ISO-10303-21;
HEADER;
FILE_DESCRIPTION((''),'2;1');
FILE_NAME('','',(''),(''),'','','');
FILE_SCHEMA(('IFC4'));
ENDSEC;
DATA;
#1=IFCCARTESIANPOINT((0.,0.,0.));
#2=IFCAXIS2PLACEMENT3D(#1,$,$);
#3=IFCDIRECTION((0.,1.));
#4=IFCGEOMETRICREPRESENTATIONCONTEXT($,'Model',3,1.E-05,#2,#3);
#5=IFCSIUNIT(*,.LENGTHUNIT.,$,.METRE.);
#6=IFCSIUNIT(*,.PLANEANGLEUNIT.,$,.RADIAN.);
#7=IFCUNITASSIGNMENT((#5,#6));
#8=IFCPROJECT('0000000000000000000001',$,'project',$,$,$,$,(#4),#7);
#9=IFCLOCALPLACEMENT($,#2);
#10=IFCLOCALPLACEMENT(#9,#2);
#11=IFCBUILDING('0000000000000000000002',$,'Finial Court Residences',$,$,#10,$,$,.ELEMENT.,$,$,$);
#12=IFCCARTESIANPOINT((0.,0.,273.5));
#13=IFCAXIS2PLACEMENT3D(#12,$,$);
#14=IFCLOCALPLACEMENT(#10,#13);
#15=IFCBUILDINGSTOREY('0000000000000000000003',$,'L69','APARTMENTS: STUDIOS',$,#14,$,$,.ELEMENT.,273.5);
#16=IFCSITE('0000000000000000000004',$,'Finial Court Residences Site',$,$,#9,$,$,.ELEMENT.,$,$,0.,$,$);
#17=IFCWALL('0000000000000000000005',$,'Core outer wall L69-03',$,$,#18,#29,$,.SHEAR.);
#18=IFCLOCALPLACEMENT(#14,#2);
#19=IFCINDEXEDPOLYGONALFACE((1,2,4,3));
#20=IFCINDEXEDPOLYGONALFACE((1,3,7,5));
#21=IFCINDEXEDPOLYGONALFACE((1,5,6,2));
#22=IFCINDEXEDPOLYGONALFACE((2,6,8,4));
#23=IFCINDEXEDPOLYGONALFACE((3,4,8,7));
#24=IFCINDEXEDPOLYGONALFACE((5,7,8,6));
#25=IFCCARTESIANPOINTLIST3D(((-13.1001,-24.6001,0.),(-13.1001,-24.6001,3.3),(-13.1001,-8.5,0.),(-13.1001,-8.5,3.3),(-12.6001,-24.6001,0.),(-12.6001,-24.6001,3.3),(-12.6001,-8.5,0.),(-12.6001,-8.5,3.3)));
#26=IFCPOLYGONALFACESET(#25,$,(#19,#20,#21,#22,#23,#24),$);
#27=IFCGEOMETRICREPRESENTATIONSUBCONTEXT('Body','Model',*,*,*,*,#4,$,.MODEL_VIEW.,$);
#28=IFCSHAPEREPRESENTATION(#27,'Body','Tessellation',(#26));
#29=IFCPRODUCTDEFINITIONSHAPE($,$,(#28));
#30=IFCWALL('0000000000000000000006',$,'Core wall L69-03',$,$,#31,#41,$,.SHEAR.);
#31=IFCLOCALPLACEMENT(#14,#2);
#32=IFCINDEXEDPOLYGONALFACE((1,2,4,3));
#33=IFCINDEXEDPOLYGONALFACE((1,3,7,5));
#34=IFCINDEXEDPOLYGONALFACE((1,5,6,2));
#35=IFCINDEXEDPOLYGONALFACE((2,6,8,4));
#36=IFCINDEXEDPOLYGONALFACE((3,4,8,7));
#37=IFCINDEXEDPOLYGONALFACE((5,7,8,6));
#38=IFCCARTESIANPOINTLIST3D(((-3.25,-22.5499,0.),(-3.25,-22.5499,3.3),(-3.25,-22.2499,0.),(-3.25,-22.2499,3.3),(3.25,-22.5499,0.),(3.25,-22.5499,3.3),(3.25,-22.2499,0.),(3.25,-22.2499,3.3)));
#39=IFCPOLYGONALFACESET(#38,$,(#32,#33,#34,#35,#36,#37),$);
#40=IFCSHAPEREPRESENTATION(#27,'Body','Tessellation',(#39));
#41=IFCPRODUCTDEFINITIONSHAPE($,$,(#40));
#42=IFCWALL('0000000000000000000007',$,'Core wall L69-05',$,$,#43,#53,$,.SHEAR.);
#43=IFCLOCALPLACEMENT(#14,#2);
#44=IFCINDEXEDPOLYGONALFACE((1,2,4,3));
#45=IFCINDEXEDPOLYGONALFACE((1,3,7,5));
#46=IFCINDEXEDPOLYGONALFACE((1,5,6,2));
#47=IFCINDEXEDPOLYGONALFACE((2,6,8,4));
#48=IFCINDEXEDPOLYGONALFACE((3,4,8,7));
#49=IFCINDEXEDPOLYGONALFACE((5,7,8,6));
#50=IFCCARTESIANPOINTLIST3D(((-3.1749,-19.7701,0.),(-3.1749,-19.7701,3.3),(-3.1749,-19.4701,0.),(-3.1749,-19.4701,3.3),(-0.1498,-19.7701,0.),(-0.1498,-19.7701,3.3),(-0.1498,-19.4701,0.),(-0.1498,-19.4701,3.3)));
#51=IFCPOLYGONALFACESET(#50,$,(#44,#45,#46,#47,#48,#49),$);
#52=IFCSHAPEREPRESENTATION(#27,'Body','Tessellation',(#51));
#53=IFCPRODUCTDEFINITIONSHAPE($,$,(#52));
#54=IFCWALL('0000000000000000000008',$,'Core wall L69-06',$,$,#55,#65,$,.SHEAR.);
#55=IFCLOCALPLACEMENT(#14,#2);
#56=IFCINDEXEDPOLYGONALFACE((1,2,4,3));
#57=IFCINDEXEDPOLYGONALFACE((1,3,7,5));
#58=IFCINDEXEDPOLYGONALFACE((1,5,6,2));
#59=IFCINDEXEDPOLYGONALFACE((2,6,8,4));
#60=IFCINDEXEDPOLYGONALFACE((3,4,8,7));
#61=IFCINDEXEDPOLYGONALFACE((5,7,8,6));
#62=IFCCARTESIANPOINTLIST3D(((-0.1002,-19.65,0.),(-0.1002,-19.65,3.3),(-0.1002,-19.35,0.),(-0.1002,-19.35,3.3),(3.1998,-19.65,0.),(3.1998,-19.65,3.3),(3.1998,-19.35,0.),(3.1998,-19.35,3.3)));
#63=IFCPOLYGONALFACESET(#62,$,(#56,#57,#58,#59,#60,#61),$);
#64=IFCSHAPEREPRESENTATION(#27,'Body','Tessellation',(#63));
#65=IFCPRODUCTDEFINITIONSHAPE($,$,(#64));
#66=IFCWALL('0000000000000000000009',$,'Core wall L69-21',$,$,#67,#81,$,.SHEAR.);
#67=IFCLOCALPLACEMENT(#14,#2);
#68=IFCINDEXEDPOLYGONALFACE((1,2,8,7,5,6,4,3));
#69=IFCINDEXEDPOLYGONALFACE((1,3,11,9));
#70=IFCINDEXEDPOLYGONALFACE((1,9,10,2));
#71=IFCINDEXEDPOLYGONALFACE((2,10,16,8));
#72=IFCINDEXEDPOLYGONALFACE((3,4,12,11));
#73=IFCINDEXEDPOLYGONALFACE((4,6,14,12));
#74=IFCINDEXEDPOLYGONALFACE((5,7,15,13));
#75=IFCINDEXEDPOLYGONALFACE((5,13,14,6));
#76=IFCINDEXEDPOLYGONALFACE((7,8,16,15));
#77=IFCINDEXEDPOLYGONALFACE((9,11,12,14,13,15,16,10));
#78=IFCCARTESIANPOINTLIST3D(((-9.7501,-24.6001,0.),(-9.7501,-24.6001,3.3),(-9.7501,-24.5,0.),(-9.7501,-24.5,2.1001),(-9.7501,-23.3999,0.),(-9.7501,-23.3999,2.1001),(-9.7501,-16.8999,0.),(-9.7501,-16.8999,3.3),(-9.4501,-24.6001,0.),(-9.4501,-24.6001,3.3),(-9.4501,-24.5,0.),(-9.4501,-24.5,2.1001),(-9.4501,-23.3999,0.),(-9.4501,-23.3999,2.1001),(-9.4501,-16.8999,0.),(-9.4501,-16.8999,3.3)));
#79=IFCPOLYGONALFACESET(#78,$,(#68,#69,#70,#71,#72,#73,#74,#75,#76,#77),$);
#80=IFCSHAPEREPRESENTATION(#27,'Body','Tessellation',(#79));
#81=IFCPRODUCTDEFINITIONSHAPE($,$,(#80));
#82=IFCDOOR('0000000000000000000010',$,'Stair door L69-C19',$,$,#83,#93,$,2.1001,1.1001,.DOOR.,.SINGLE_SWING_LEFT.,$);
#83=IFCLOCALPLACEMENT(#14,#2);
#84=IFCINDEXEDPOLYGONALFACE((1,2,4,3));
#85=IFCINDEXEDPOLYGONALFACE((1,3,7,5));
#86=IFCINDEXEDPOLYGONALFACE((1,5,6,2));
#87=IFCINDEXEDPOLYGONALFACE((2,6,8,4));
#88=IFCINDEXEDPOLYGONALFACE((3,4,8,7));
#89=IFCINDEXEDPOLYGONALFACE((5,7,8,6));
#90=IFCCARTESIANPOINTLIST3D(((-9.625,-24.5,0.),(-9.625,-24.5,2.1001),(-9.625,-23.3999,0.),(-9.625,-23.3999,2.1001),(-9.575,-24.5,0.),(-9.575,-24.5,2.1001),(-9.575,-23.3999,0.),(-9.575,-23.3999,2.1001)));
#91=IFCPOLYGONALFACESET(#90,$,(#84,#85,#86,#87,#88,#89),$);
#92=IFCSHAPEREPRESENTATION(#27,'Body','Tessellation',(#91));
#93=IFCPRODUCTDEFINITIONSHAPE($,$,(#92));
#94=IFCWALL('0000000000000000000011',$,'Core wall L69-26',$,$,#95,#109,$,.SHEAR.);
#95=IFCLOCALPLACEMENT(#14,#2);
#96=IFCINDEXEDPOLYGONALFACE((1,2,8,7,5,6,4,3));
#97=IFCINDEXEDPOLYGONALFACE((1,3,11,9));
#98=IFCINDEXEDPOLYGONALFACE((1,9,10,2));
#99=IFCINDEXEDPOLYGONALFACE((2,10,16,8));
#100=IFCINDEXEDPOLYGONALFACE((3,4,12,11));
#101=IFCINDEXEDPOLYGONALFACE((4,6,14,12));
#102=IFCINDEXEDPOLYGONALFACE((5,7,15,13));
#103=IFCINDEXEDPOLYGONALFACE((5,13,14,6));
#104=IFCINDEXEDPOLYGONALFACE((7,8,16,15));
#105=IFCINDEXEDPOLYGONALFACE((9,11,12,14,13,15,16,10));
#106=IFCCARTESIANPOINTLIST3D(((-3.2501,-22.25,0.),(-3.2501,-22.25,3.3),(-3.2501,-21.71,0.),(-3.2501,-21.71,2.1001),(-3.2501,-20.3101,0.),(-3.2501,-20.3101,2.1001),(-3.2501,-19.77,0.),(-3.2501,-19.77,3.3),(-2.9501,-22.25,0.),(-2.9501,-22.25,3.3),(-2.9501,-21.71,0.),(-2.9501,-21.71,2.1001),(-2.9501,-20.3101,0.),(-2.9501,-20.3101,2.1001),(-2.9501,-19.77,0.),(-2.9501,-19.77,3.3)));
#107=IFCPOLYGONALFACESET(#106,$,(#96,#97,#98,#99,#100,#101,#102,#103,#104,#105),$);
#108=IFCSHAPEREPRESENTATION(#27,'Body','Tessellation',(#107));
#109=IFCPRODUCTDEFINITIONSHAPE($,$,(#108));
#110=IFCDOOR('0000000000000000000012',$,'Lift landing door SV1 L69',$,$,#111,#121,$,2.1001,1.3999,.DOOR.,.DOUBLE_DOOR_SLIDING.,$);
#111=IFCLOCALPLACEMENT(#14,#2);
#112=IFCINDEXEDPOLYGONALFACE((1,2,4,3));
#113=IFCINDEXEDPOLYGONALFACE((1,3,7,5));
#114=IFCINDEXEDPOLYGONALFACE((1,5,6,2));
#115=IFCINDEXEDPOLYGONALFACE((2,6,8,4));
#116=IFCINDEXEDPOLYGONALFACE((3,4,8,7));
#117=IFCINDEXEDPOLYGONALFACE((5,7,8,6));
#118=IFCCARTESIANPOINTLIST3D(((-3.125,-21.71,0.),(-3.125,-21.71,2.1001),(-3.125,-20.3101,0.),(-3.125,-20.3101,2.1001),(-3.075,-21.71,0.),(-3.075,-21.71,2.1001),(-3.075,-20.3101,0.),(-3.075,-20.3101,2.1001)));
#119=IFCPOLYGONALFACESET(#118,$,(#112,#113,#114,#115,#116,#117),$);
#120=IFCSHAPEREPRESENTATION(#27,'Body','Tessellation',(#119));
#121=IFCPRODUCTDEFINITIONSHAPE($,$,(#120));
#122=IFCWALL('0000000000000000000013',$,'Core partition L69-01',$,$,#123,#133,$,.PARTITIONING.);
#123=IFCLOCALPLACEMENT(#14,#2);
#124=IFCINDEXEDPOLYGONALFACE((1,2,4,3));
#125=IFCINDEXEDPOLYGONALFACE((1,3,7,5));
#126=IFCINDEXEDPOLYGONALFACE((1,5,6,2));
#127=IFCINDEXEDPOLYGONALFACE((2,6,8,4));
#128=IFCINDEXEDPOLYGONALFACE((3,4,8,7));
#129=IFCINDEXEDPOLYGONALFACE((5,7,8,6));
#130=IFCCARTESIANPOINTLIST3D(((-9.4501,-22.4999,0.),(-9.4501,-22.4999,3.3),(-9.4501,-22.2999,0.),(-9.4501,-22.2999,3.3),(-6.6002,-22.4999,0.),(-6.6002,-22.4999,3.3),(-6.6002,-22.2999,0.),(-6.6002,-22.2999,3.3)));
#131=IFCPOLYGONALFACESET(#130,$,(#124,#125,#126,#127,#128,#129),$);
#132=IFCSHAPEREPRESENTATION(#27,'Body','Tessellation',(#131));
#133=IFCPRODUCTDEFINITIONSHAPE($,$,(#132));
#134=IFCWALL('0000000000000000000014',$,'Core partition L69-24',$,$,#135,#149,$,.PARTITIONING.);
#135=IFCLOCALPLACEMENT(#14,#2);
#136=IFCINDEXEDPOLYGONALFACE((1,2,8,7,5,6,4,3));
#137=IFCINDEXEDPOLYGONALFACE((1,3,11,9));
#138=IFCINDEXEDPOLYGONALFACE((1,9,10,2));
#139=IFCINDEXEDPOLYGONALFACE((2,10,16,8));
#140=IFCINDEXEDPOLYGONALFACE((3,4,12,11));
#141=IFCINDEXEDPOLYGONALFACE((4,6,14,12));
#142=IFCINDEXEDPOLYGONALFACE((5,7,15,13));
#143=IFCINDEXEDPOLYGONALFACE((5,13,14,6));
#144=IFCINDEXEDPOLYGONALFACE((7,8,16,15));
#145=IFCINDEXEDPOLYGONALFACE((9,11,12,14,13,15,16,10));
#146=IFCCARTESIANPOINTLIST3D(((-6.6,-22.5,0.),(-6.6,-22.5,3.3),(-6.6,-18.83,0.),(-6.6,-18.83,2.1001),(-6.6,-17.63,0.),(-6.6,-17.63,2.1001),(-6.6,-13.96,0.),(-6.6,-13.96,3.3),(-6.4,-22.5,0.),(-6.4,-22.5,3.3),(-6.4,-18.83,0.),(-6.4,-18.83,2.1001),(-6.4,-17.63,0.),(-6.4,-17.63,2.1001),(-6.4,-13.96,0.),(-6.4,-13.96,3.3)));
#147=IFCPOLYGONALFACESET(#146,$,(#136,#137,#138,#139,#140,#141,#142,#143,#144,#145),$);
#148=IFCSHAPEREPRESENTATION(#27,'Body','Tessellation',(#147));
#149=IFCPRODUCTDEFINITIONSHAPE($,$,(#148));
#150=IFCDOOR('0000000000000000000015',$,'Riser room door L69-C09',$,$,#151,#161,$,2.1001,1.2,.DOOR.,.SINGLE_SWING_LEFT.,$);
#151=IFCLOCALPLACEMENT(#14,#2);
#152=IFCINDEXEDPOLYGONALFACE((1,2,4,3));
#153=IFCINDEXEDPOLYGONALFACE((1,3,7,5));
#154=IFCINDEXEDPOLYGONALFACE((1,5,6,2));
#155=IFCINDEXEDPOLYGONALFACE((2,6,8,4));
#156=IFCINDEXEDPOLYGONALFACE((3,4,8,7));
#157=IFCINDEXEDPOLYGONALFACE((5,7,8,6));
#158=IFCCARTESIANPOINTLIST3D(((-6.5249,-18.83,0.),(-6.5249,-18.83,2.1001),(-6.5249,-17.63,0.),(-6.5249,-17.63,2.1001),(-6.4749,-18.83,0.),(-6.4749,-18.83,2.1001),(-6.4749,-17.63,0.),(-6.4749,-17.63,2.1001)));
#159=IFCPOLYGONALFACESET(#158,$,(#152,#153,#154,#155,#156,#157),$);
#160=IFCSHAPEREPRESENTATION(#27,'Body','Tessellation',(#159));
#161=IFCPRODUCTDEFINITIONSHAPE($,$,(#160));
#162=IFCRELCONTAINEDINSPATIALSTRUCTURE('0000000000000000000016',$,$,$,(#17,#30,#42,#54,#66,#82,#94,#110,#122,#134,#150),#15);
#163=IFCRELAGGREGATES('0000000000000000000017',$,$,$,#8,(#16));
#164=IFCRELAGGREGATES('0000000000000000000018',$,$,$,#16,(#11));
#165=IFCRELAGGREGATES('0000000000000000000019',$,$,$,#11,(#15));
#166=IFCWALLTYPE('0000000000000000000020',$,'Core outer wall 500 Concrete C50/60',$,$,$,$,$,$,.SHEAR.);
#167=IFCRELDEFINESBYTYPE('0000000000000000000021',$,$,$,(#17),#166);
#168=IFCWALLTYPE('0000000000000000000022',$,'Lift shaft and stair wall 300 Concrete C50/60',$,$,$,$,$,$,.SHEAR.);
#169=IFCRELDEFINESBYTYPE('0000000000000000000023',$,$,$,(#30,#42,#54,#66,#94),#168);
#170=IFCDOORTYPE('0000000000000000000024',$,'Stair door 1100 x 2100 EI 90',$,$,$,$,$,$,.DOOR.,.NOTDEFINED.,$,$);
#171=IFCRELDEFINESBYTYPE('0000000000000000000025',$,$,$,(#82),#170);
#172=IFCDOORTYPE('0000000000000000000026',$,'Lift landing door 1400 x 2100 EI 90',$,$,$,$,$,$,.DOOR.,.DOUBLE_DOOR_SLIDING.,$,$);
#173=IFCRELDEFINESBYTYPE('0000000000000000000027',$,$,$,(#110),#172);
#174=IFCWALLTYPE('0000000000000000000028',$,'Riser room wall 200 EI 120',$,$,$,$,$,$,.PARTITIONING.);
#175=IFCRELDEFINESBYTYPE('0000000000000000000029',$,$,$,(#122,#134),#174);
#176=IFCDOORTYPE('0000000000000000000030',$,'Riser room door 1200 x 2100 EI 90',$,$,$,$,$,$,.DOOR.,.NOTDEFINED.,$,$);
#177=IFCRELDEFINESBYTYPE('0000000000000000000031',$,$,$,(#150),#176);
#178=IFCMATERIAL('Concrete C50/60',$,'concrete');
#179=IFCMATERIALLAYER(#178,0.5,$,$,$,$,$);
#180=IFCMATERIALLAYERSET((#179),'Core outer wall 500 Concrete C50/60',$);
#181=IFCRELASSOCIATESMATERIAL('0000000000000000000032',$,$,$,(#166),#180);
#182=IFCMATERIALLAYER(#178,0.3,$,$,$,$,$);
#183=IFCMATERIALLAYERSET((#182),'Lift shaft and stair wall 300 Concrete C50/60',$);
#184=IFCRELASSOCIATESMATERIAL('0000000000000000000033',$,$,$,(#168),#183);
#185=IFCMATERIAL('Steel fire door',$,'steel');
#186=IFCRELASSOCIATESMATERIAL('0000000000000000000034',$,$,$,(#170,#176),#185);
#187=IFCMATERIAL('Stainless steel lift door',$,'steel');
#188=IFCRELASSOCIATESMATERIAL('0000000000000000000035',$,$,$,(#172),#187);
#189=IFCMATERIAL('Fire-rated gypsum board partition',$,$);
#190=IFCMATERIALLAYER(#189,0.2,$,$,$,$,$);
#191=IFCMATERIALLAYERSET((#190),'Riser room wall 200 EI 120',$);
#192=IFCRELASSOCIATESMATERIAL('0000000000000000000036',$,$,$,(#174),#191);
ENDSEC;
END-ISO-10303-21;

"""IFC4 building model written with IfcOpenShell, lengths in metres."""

from ifc_helpers import new_model, si_unit, direction, frame, frame_2d, origin, place, context, subcontext, project, spatial, rectangle, extrude, material, layer, layer_set, type_object, element, fill, save


model = new_model("IFC4")

# Units and contexts
model_context = context("Model", 3, precision=1e-05, world=origin(), true_north=direction((0.0, 1.0)))
body_context = subcontext(model_context, "Body", "Model", "MODEL_VIEW")
ifc_project = project(units=[si_unit("LENGTHUNIT", "METRE"), si_unit("PLANEANGLEUNIT", "RADIAN")], contexts=[model_context])

# Site, building, storey
site_placement = place(None, origin())
site = spatial("IfcSite", under=ifc_project, at=site_placement, Name="Finial Court Residences Site", CompositionType="ELEMENT", RefElevation=0.0)
building_placement = place(site_placement, origin())
building = spatial("IfcBuilding", under=site, at=building_placement, Name="Finial Court Residences", CompositionType="ELEMENT")
storey_placement = place(building_placement, frame((0.0, 0.0, 273.5)))
storey = spatial("IfcBuildingStorey", under=building, at=storey_placement, Name="L69", Description="APARTMENTS: STUDIOS", CompositionType="ELEMENT", Elevation=273.5)

# Walls
ifc_material_1 = material(Name="Concrete C50/60", Category="concrete")
ifc_layer_1 = layer(ifc_material_1, 0.5)
ifc_layer_set_1 = layer_set([ifc_layer_1], Name="Core outer wall 500 Concrete C50/60")
wall_type_1 = type_object("IfcWallType", Name="Core outer wall 500 Concrete C50/60", PredefinedType="SHEAR", material=ifc_layer_set_1)
wall_1_placement = place(storey_placement, frame((-12.8501, -24.6001, 0.0), z_axis=(0.0, 0.0, 1.0), x_axis=(0.0, 1.0, 0.0)))
element("IfcWall", 1, at=wall_1_placement, inside=storey, type_object=wall_type_1, Name="Core outer wall L69-03", PredefinedType="SHEAR", context=body_context, shape_type="SweptSolid", body=[
    extrude(rectangle(XDim=16.1001, YDim=0.5, at=frame_2d((8.05, 0.0))), origin(), (0.0, 0.0, 1.0), 3.3),
])
ifc_layer_2 = layer(ifc_material_1, 0.3)
ifc_layer_set_2 = layer_set([ifc_layer_2], Name="Lift shaft and stair wall 300 Concrete C50/60")
wall_type_2 = type_object("IfcWallType", Name="Lift shaft and stair wall 300 Concrete C50/60", PredefinedType="SHEAR", material=ifc_layer_set_2)
wall_2_placement = place(storey_placement, frame((-3.25, -22.3999, 0.0), z_axis=(0.0, 0.0, 1.0), x_axis=(1.0, 0.0, 0.0)))
element("IfcWall", 2, at=wall_2_placement, inside=storey, type_object=wall_type_2, Name="Core wall L69-03", PredefinedType="SHEAR", context=body_context, shape_type="SweptSolid", body=[
    extrude(rectangle(XDim=6.5, YDim=0.3, at=frame_2d((3.25, 0.0))), origin(), (0.0, 0.0, 1.0), 3.3),
])
wall_3_placement = place(storey_placement, frame((-3.175, -19.6201, 0.0), z_axis=(0.0, 0.0, 1.0), x_axis=(1.0, 0.0, 0.0)))
element("IfcWall", 3, at=wall_3_placement, inside=storey, type_object=wall_type_2, Name="Core wall L69-05", PredefinedType="SHEAR", context=body_context, shape_type="SweptSolid", body=[
    extrude(rectangle(XDim=3.0251, YDim=0.3, at=frame_2d((1.5127, 0.0))), origin(), (0.0, 0.0, 1.0), 3.3),
])
wall_4_placement = place(storey_placement, frame((-0.1001, -19.5, 0.0), z_axis=(0.0, 0.0, 1.0), x_axis=(1.0, 0.0, 0.0)))
element("IfcWall", 4, at=wall_4_placement, inside=storey, type_object=wall_type_2, Name="Core wall L69-06", PredefinedType="SHEAR", context=body_context, shape_type="SweptSolid", body=[
    extrude(rectangle(XDim=3.3, YDim=0.3, at=frame_2d((1.6499, 0.0))), origin(), (0.0, 0.0, 1.0), 3.3),
])

# Walls, openings, doors
wall_5_placement = place(storey_placement, frame((-9.6001, -24.6001, 0.0), z_axis=(0.0, 0.0, 1.0), x_axis=(0.0, 1.0, 0.0)))
wall_5 = element("IfcWall", 5, at=wall_5_placement, inside=storey, type_object=wall_type_2, Name="Core wall L69-21", PredefinedType="SHEAR", context=body_context, shape_type="SweptSolid", body=[
    extrude(rectangle(XDim=7.7002, YDim=0.3, at=frame_2d((3.8501, 0.0))), origin(), (0.0, 0.0, 1.0), 3.3),
])
opening_1_placement = place(wall_5_placement, frame((0.1001, 0.0, 0.0)))
opening_1 = element("IfcOpeningElement", 6, at=opening_1_placement, cuts=wall_5, PredefinedType="OPENING", context=body_context, shape_type="SweptSolid", body=[
    extrude(rectangle(XDim=1.1001, YDim=2.1001, at=frame_2d((0.55, 1.05))), frame((0.0, 0.1599, 0.0), z_axis=(0.0, -1.0, 0.0), x_axis=(1.0, 0.0, 0.0)), (0.0, 0.0, 1.0), 0.3201),
])
ifc_material_2 = material(Name="Steel fire door", Category="steel")
door_type_1 = type_object("IfcDoorType", Name="Stair door 1100 x 2100 EI 90", OperationType="NOTDEFINED", PredefinedType="DOOR", material=ifc_material_2)
door_1_placement = place(opening_1_placement, origin())
door_1 = element("IfcDoor", 7, at=door_1_placement, inside=storey, type_object=door_type_1, Name="Stair door L69-C19", OperationType="SINGLE_SWING_LEFT", OverallHeight=2.1001, OverallWidth=1.1001, PredefinedType="DOOR", context=body_context, shape_type="SweptSolid", body=[
    extrude(rectangle(XDim=1.1001, YDim=2.1001, at=frame_2d((0.55, 1.05))), frame((0.0, 0.0249, 0.0), z_axis=(0.0, -1.0, 0.0), x_axis=(1.0, 0.0, 0.0)), (0.0, 0.0, 1.0), 0.05),
])
fill(opening_1, door_1)
wall_6_placement = place(storey_placement, frame((-3.1001, -22.25, 0.0), z_axis=(0.0, 0.0, 1.0), x_axis=(0.0, 1.0, 0.0)))
wall_6 = element("IfcWall", 8, at=wall_6_placement, inside=storey, type_object=wall_type_2, Name="Core wall L69-26", PredefinedType="SHEAR", context=body_context, shape_type="SweptSolid", body=[
    extrude(rectangle(XDim=2.48, YDim=0.3, at=frame_2d((1.24, 0.0))), origin(), (0.0, 0.0, 1.0), 3.3),
])
opening_2_placement = place(wall_6_placement, frame((0.54, 0.0, 0.0)))
opening_2 = element("IfcOpeningElement", 9, at=opening_2_placement, cuts=wall_6, PredefinedType="OPENING", context=body_context, shape_type="SweptSolid", body=[
    extrude(rectangle(XDim=1.3999, YDim=2.1001, at=frame_2d((0.7, 1.05))), frame((0.0, 0.1599, 0.0), z_axis=(0.0, -1.0, 0.0), x_axis=(1.0, 0.0, 0.0)), (0.0, 0.0, 1.0), 0.3201),
])
ifc_material_3 = material(Name="Stainless steel lift door", Category="steel")
door_type_2 = type_object("IfcDoorType", Name="Lift landing door 1400 x 2100 EI 90", OperationType="DOUBLE_DOOR_SLIDING", PredefinedType="DOOR", material=ifc_material_3)
door_2_placement = place(opening_2_placement, origin())
door_2 = element("IfcDoor", 10, at=door_2_placement, inside=storey, type_object=door_type_2, Name="Lift landing door SV1 L69", OperationType="DOUBLE_DOOR_SLIDING", OverallHeight=2.1001, OverallWidth=1.3999, PredefinedType="DOOR", context=body_context, shape_type="SweptSolid", body=[
    extrude(rectangle(XDim=1.3999, YDim=2.1001, at=frame_2d((0.7, 1.05))), frame((0.0, 0.0249, 0.0), z_axis=(0.0, -1.0, 0.0), x_axis=(1.0, 0.0, 0.0)), (0.0, 0.0, 1.0), 0.05),
])
fill(opening_2, door_2)

# Wall
ifc_material_4 = material(Name="Fire-rated gypsum board partition")
ifc_layer_3 = layer(ifc_material_4, 0.2)
ifc_layer_set_3 = layer_set([ifc_layer_3], Name="Riser room wall 200 EI 120")
wall_type_3 = type_object("IfcWallType", Name="Riser room wall 200 EI 120", PredefinedType="PARTITIONING", material=ifc_layer_set_3)
wall_7_placement = place(storey_placement, frame((-9.45, -22.3999, 0.0), z_axis=(0.0, 0.0, 1.0), x_axis=(1.0, 0.0, 0.0)))
element("IfcWall", 11, at=wall_7_placement, inside=storey, type_object=wall_type_3, Name="Core partition L69-01", PredefinedType="PARTITIONING", context=body_context, shape_type="SweptSolid", body=[
    extrude(rectangle(XDim=2.8499, YDim=0.2, at=frame_2d((1.4248, 0.0))), origin(), (0.0, 0.0, 1.0), 3.3),
])

# Wall, opening, door
wall_8_placement = place(storey_placement, frame((-6.5, -22.5, 0.0), z_axis=(0.0, 0.0, 1.0), x_axis=(0.0, 1.0, 0.0)))
wall_8 = element("IfcWall", 12, at=wall_8_placement, inside=storey, type_object=wall_type_3, Name="Core partition L69-24", PredefinedType="PARTITIONING", context=body_context, shape_type="SweptSolid", body=[
    extrude(rectangle(XDim=8.54, YDim=0.2, at=frame_2d((4.27, 0.0))), origin(), (0.0, 0.0, 1.0), 3.3),
])
opening_3_placement = place(wall_8_placement, frame((3.6699, 0.0, 0.0)))
opening_3 = element("IfcOpeningElement", 13, at=opening_3_placement, cuts=wall_8, PredefinedType="OPENING", context=body_context, shape_type="SweptSolid", body=[
    extrude(rectangle(XDim=1.2, YDim=2.1001, at=frame_2d((0.6001, 1.05))), frame((0.0, 0.1099, 0.0), z_axis=(0.0, -1.0, 0.0), x_axis=(1.0, 0.0, 0.0)), (0.0, 0.0, 1.0), 0.22),
])
door_type_3 = type_object("IfcDoorType", Name="Riser room door 1200 x 2100 EI 90", OperationType="NOTDEFINED", PredefinedType="DOOR", material=ifc_material_2)
door_3_placement = place(opening_3_placement, origin())
door_3 = element("IfcDoor", 14, at=door_3_placement, inside=storey, type_object=door_type_3, Name="Riser room door L69-C09", OperationType="SINGLE_SWING_LEFT", OverallHeight=2.1001, OverallWidth=1.2, PredefinedType="DOOR", context=body_context, shape_type="SweptSolid", body=[
    extrude(rectangle(XDim=1.2, YDim=2.1001, at=frame_2d((0.6001, 1.05))), frame((0.0, 0.0249, 0.0), z_axis=(0.0, -1.0, 0.0), x_axis=(1.0, 0.0, 0.0)), (0.0, 0.0, 1.0), 0.05),
])
fill(opening_3, door_3)

save(model, "model.ifc")
